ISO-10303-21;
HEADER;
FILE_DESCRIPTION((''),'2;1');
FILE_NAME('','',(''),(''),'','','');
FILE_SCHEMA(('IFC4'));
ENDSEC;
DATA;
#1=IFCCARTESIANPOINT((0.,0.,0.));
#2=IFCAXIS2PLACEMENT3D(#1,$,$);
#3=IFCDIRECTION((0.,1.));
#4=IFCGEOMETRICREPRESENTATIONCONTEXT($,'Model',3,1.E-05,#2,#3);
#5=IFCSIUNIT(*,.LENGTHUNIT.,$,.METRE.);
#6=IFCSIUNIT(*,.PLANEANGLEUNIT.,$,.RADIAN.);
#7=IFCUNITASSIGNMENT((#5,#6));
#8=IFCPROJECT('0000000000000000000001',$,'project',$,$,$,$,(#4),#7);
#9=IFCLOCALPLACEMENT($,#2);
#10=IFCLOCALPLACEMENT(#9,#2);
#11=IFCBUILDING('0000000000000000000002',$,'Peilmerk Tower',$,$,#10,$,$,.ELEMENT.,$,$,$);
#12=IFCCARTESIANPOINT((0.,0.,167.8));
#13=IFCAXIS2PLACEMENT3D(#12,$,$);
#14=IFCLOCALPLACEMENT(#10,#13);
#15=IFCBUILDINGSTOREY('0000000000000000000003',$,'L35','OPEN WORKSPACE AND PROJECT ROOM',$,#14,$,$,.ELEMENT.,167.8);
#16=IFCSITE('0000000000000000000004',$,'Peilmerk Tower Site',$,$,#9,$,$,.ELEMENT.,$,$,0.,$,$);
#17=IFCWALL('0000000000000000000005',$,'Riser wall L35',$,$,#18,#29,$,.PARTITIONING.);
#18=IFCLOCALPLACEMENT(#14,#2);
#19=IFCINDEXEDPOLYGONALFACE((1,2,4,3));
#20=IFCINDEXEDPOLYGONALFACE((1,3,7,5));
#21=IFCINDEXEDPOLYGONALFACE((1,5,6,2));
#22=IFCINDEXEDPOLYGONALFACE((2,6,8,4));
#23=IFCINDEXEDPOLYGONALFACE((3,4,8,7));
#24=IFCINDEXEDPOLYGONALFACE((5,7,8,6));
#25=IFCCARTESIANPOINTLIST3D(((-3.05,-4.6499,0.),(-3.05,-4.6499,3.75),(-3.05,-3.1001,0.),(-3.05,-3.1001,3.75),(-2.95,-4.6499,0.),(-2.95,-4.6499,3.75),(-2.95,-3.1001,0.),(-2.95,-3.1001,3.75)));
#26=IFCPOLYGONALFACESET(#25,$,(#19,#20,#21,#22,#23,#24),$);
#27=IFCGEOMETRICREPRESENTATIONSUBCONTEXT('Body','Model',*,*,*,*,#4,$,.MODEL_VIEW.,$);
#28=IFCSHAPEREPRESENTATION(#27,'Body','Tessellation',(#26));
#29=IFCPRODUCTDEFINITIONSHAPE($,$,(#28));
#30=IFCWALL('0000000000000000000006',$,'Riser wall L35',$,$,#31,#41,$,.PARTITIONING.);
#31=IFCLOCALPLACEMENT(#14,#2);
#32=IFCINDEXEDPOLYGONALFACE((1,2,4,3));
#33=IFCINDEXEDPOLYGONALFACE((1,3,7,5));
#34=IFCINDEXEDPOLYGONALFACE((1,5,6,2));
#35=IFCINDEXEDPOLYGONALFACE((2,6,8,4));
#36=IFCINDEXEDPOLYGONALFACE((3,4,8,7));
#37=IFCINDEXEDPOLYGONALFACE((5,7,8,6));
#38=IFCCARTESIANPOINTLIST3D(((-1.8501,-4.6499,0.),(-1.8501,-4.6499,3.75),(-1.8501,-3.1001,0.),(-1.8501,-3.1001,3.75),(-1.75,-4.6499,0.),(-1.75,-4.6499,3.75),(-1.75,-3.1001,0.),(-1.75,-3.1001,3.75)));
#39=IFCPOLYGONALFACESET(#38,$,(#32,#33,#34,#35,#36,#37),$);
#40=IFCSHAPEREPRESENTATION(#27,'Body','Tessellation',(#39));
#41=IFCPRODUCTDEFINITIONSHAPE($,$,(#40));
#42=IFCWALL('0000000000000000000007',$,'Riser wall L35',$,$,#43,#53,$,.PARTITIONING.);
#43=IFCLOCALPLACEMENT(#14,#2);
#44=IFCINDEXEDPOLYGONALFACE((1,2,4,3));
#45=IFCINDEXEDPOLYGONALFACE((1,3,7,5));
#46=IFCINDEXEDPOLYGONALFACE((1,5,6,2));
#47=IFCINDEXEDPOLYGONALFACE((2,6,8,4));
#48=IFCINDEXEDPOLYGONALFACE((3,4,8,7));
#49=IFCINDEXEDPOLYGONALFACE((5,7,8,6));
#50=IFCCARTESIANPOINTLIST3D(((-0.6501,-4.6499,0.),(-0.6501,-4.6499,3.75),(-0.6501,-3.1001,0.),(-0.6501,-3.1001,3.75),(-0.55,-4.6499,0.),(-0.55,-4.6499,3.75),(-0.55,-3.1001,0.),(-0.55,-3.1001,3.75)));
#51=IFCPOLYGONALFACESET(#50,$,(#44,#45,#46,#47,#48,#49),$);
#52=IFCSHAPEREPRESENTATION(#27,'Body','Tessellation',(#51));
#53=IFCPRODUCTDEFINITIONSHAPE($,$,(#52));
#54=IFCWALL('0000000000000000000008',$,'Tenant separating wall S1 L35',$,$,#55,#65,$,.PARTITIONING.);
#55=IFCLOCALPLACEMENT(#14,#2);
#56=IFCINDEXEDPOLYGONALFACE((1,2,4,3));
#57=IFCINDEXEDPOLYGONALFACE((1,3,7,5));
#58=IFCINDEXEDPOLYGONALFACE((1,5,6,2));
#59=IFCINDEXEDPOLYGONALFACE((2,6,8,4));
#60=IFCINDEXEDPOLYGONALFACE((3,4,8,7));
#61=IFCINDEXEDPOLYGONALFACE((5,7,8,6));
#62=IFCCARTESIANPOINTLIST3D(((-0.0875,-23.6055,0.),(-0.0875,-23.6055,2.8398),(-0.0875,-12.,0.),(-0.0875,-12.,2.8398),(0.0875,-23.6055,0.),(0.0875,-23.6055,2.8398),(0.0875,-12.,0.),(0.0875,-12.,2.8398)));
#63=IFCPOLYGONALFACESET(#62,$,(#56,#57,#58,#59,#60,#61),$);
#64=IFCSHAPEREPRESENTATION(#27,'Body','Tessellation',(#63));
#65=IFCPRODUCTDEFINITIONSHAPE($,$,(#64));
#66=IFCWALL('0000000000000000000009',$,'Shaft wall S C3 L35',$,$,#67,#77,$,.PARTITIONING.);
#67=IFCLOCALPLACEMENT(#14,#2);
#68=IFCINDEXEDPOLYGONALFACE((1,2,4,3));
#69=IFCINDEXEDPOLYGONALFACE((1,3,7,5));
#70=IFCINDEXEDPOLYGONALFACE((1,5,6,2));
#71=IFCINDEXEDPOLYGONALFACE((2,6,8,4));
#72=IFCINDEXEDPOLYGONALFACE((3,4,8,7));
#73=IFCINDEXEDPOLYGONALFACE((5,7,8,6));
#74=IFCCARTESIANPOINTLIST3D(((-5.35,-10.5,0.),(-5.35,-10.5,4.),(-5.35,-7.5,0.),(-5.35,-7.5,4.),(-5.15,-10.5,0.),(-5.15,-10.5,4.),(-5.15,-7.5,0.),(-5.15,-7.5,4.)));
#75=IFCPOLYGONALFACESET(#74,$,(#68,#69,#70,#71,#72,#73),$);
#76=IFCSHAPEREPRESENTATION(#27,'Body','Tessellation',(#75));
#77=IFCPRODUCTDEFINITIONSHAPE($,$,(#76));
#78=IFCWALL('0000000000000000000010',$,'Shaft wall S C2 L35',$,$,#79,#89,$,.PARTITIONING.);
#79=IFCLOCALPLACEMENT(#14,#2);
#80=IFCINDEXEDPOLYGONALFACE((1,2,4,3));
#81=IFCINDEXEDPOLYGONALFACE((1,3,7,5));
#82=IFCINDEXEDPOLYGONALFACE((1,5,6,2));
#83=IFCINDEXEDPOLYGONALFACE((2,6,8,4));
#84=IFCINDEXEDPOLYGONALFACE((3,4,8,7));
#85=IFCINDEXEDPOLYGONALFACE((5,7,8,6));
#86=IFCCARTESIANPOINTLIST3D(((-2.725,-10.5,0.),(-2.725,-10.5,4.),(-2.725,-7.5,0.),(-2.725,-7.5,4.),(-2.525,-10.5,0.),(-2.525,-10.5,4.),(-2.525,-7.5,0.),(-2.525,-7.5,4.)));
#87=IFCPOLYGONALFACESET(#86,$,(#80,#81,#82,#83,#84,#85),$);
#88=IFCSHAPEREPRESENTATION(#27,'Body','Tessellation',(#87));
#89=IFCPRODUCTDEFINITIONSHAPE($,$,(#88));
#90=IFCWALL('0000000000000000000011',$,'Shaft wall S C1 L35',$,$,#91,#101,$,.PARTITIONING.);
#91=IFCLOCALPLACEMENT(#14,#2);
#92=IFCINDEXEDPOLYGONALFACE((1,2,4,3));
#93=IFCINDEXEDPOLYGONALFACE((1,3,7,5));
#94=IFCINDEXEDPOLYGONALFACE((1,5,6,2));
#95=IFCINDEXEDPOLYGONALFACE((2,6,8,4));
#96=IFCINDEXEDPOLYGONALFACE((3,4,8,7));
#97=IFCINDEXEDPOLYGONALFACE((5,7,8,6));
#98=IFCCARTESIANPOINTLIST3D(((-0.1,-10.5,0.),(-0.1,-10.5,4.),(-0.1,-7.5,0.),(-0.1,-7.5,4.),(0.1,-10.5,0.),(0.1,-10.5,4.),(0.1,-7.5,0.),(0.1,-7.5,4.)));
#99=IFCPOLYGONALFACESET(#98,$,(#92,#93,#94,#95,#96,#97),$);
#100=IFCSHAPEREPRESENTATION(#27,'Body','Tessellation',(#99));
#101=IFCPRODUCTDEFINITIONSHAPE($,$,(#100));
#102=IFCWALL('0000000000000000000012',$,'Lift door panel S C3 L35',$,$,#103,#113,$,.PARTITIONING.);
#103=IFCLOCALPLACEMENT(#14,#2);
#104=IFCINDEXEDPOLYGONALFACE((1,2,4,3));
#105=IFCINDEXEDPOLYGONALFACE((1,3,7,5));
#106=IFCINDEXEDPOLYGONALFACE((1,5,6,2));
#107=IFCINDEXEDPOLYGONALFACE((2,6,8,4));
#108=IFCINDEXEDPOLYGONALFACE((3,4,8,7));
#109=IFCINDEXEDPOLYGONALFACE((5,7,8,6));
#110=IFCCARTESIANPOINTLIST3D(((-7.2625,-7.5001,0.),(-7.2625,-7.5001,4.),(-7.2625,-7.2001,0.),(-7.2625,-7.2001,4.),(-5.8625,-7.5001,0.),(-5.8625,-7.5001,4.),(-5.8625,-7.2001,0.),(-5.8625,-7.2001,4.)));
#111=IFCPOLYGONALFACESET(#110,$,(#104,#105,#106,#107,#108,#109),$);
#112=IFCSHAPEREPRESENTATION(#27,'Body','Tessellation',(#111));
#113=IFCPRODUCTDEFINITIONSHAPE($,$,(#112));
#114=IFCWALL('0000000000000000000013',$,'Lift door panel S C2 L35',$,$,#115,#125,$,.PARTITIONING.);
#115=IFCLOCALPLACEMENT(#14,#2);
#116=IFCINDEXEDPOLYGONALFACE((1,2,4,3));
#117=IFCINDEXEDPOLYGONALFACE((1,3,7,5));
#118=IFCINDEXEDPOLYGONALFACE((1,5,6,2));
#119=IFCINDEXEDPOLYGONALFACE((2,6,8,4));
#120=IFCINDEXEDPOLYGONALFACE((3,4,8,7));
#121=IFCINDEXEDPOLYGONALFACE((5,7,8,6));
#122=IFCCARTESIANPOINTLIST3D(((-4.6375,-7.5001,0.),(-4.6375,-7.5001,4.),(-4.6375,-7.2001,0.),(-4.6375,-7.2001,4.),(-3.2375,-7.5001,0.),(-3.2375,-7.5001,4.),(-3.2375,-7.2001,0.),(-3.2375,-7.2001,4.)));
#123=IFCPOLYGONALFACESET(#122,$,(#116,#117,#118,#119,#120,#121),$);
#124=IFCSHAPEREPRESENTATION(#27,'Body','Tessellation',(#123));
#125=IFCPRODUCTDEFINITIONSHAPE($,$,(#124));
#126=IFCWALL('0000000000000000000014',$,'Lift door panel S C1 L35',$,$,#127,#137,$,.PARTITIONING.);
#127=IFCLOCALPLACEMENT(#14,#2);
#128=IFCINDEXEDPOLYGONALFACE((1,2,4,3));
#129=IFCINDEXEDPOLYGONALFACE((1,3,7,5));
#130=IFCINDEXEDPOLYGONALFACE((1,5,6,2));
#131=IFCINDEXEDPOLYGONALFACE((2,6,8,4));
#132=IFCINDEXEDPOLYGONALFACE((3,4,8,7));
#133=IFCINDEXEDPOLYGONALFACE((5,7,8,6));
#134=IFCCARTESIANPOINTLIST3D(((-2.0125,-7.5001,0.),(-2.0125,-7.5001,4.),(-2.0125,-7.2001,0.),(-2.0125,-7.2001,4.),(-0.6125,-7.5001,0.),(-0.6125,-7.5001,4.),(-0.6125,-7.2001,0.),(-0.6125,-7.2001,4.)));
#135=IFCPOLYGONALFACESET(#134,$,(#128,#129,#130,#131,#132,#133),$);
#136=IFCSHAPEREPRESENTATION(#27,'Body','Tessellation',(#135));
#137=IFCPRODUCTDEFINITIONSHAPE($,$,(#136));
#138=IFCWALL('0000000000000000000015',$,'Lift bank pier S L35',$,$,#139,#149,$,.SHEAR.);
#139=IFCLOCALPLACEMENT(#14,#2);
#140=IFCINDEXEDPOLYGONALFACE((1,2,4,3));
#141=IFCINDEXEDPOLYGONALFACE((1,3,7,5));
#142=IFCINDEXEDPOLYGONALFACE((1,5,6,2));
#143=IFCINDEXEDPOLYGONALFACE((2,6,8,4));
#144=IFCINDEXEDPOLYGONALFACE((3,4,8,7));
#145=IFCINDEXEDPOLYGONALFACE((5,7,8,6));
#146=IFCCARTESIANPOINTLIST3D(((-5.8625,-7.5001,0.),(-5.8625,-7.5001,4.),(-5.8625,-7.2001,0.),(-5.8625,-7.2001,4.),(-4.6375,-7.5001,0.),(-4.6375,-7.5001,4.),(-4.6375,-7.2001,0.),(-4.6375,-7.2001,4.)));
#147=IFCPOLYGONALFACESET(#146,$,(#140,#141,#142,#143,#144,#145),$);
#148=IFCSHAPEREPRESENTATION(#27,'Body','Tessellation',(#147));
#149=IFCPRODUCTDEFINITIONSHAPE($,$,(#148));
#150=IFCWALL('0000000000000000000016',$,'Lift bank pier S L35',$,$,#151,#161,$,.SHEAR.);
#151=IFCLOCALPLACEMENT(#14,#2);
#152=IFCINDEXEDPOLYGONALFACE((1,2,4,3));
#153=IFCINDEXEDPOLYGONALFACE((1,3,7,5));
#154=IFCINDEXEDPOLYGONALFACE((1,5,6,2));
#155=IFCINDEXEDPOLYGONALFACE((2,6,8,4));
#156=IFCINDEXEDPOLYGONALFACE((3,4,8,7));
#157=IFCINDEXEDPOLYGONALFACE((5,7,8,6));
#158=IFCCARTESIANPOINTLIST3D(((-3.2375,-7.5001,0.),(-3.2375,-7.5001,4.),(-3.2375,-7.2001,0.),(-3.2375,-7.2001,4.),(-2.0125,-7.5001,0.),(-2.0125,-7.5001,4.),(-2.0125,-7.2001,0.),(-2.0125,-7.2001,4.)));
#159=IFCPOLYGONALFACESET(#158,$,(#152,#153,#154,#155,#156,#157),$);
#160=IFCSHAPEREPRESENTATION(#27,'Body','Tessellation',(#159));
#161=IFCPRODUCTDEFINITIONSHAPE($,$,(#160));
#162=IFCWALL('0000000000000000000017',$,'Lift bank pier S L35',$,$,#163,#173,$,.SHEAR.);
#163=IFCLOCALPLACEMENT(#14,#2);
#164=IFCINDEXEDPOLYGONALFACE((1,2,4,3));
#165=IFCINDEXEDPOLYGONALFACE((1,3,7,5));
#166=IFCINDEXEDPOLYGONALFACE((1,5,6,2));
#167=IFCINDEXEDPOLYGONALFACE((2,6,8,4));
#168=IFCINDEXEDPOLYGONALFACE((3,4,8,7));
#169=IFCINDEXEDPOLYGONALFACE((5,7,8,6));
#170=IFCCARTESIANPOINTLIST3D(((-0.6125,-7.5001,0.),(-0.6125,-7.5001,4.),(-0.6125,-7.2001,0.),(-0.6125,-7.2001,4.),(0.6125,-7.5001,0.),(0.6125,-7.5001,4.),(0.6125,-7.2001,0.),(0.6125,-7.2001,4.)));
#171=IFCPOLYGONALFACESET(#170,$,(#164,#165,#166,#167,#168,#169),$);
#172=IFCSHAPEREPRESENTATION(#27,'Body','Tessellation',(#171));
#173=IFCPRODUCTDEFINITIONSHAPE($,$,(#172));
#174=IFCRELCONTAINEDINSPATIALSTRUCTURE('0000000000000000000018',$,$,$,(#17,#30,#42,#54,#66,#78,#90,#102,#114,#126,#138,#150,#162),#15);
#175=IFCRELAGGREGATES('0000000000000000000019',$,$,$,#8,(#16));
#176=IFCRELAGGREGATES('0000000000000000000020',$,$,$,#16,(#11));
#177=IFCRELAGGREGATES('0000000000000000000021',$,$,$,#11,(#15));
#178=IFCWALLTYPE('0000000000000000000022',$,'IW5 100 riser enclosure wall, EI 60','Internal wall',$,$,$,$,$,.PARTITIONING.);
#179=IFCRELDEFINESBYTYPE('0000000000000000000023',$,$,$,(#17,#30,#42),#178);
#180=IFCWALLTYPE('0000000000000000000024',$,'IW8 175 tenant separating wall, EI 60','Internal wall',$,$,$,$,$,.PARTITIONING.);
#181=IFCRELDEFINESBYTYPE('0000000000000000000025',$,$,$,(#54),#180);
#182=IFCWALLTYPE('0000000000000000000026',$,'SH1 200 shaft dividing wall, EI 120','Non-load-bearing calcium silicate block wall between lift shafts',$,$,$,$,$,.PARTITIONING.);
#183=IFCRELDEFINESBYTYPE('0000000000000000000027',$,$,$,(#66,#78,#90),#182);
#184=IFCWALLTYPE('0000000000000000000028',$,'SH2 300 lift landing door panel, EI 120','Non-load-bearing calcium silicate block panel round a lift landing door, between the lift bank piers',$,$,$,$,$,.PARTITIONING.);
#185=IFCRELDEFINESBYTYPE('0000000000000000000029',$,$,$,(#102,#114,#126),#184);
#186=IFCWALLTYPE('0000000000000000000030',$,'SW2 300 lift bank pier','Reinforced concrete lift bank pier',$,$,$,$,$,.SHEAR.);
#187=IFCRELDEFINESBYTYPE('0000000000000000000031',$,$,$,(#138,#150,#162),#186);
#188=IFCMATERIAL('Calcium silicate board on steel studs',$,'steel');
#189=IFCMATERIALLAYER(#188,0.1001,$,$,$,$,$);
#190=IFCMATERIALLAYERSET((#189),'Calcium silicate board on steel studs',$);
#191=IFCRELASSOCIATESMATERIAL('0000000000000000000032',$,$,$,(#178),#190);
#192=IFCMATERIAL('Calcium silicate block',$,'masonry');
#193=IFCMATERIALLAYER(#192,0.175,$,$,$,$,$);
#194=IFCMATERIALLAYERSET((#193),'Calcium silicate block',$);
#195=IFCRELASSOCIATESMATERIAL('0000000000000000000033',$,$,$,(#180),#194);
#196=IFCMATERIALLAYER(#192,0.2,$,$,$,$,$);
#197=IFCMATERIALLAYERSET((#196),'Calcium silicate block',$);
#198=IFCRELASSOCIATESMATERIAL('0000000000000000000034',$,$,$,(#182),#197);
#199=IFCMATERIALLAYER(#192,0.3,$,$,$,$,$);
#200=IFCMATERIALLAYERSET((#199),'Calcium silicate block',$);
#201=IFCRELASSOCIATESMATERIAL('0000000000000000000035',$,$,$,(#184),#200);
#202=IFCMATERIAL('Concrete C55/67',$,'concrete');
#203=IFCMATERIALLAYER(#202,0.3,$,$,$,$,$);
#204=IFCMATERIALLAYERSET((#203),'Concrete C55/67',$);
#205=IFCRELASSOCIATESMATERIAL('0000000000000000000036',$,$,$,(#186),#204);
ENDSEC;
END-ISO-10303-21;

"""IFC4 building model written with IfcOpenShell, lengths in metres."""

from ifc_helpers import new_model, si_unit, direction, frame, frame_2d, origin, place, context, subcontext, project, spatial, rectangle, extrude, material, layer, layer_set, type_object, element, save


model = new_model("IFC4")

# Units and contexts
model_context = context("Model", 3, precision=1e-05, world=origin(), true_north=direction((0.0, 1.0)))
body_context = subcontext(model_context, "Body", "Model", "MODEL_VIEW")
ifc_project = project(units=[si_unit("LENGTHUNIT", "METRE"), si_unit("PLANEANGLEUNIT", "RADIAN")], contexts=[model_context])

# Site, building, storey
site_placement = place(None, origin())
site = spatial("IfcSite", under=ifc_project, at=site_placement, Name="Peilmerk Tower Site", CompositionType="ELEMENT", RefElevation=0.0)
building_placement = place(site_placement, origin())
building = spatial("IfcBuilding", under=site, at=building_placement, Name="Peilmerk Tower", CompositionType="ELEMENT")
storey_placement = place(building_placement, frame((0.0, 0.0, 167.8)))
storey = spatial("IfcBuildingStorey", under=building, at=storey_placement, Name="L35", Description="OPEN WORKSPACE AND PROJECT ROOM", CompositionType="ELEMENT", Elevation=167.8)

# Shared definitions
ifc_material_1 = material(Name="Concrete C55/67", Category="concrete")

# Walls
ifc_material_2 = material(Name="Calcium silicate board on steel studs", Category="steel")
ifc_layer_1 = layer(ifc_material_2, 0.1001)
ifc_layer_set_1 = layer_set([ifc_layer_1], Name="Calcium silicate board on steel studs")
wall_type_1 = type_object("IfcWallType", Name="IW5 100 riser enclosure wall, EI 60", Description="Internal wall", PredefinedType="PARTITIONING", material=ifc_layer_set_1)
for number, where, z_axis, x_axis, name in (
    (1, (-3.0, -3.1001, 0.0), (0.0, 0.0, 1.0), (0.0, -1.0, 0.0), "Riser wall L35"),
    (2, (-1.8, -3.1001, 0.0), (0.0, 0.0, 1.0), (0.0, -1.0, 0.0), "Riser wall L35"),
    (3, (-0.6001, -3.1001, 0.0), (0.0, 0.0, 1.0), (0.0, -1.0, 0.0), "Riser wall L35"),
):
    element("IfcWall", number, at=place(storey_placement, frame(where, z_axis=z_axis, x_axis=x_axis)), inside=storey, type_object=wall_type_1, Name=name, PredefinedType="PARTITIONING", context=body_context, shape_type="SweptSolid", body=[
        extrude(rectangle(XDim=1.5498, YDim=0.1001, at=frame_2d((0.7749, 0.0))), origin(), (0.0, 0.0, 1.0), 3.75),
    ])
ifc_material_3 = material(Name="Calcium silicate block", Category="masonry")
ifc_layer_2 = layer(ifc_material_3, 0.175)
ifc_layer_set_2 = layer_set([ifc_layer_2], Name="Calcium silicate block")
wall_type_2 = type_object("IfcWallType", Name="IW8 175 tenant separating wall, EI 60", Description="Internal wall", PredefinedType="PARTITIONING", material=ifc_layer_set_2)
wall_1_placement = place(storey_placement, frame((0.0, -12.0, 0.0), z_axis=(0.0, 0.0, 1.0), x_axis=(0.0, -1.0, 0.0)))
element("IfcWall", 4, at=wall_1_placement, inside=storey, type_object=wall_type_2, Name="Tenant separating wall S1 L35", PredefinedType="PARTITIONING", context=body_context, shape_type="SweptSolid", body=[
    extrude(rectangle(XDim=11.6055, YDim=0.175, at=frame_2d((5.8027, 0.0))), origin(), (0.0, 0.0, 1.0), 2.8398),
])
ifc_layer_3 = layer(ifc_material_3, 0.2)
ifc_layer_set_3 = layer_set([ifc_layer_3], Name="Calcium silicate block")
wall_type_3 = type_object("IfcWallType", Name="SH1 200 shaft dividing wall, EI 120", Description="Non-load-bearing calcium silicate block wall between lift shafts", PredefinedType="PARTITIONING", material=ifc_layer_set_3)
for number, where, z_axis, x_axis, name in (
    (5, (-5.25, -10.5, 0.0), (0.0, 0.0, 1.0), (0.0, 1.0, 0.0), "Shaft wall S C3 L35"),
    (6, (-2.625, -10.5, 0.0), (0.0, 0.0, 1.0), (0.0, 1.0, 0.0), "Shaft wall S C2 L35"),
    (7, (0.0, -10.5, 0.0), (0.0, 0.0, 1.0), (0.0, 1.0, 0.0), "Shaft wall S C1 L35"),
):
    element("IfcWall", number, at=place(storey_placement, frame(where, z_axis=z_axis, x_axis=x_axis)), inside=storey, type_object=wall_type_3, Name=name, PredefinedType="PARTITIONING", context=body_context, shape_type="SweptSolid", body=[
        extrude(rectangle(XDim=3.0, YDim=0.2, at=frame_2d((1.5, 0.0))), origin(), (0.0, 0.0, 1.0), 4.0),
    ])
ifc_layer_4 = layer(ifc_material_3, 0.3)
ifc_layer_set_4 = layer_set([ifc_layer_4], Name="Calcium silicate block")
wall_type_4 = type_object("IfcWallType", Name="SH2 300 lift landing door panel, EI 120", Description="Non-load-bearing calcium silicate block panel round a lift landing door, between the lift bank piers", PredefinedType="PARTITIONING", material=ifc_layer_set_4)
for number, where, z_axis, x_axis, name in (
    (8, (-7.2625, -7.3501, 0.0), (0.0, 0.0, 1.0), (1.0, 0.0, 0.0), "Lift door panel S C3 L35"),
    (9, (-4.6375, -7.3501, 0.0), (0.0, 0.0, 1.0), (1.0, 0.0, 0.0), "Lift door panel S C2 L35"),
    (10, (-2.0125, -7.3501, 0.0), (0.0, 0.0, 1.0), (1.0, 0.0, 0.0), "Lift door panel S C1 L35"),
):
    element("IfcWall", number, at=place(storey_placement, frame(where, z_axis=z_axis, x_axis=x_axis)), inside=storey, type_object=wall_type_4, Name=name, PredefinedType="PARTITIONING", context=body_context, shape_type="SweptSolid", body=[
        extrude(rectangle(XDim=1.3999, YDim=0.3, at=frame_2d((0.7, 0.0))), origin(), (0.0, 0.0, 1.0), 4.0),
    ])
ifc_layer_5 = layer(ifc_material_1, 0.3)
ifc_layer_set_5 = layer_set([ifc_layer_5], Name="Concrete C55/67")
wall_type_5 = type_object("IfcWallType", Name="SW2 300 lift bank pier", Description="Reinforced concrete lift bank pier", PredefinedType="SHEAR", material=ifc_layer_set_5)
for number, where, z_axis, x_axis, name in (
    (11, (-5.8625, -7.3501, 0.0), (0.0, 0.0, 1.0), (1.0, 0.0, 0.0), "Lift bank pier S L35"),
    (12, (-3.2375, -7.3501, 0.0), (0.0, 0.0, 1.0), (1.0, 0.0, 0.0), "Lift bank pier S L35"),
    (13, (-0.6125, -7.3501, 0.0), (0.0, 0.0, 1.0), (1.0, 0.0, 0.0), "Lift bank pier S L35"),
):
    element("IfcWall", number, at=place(storey_placement, frame(where, z_axis=z_axis, x_axis=x_axis)), inside=storey, type_object=wall_type_5, Name=name, PredefinedType="SHEAR", context=body_context, shape_type="SweptSolid", body=[
        extrude(rectangle(XDim=1.2251, YDim=0.3, at=frame_2d((0.6125, 0.0))), origin(), (0.0, 0.0, 1.0), 4.0),
    ])

save(model, "model.ifc")
